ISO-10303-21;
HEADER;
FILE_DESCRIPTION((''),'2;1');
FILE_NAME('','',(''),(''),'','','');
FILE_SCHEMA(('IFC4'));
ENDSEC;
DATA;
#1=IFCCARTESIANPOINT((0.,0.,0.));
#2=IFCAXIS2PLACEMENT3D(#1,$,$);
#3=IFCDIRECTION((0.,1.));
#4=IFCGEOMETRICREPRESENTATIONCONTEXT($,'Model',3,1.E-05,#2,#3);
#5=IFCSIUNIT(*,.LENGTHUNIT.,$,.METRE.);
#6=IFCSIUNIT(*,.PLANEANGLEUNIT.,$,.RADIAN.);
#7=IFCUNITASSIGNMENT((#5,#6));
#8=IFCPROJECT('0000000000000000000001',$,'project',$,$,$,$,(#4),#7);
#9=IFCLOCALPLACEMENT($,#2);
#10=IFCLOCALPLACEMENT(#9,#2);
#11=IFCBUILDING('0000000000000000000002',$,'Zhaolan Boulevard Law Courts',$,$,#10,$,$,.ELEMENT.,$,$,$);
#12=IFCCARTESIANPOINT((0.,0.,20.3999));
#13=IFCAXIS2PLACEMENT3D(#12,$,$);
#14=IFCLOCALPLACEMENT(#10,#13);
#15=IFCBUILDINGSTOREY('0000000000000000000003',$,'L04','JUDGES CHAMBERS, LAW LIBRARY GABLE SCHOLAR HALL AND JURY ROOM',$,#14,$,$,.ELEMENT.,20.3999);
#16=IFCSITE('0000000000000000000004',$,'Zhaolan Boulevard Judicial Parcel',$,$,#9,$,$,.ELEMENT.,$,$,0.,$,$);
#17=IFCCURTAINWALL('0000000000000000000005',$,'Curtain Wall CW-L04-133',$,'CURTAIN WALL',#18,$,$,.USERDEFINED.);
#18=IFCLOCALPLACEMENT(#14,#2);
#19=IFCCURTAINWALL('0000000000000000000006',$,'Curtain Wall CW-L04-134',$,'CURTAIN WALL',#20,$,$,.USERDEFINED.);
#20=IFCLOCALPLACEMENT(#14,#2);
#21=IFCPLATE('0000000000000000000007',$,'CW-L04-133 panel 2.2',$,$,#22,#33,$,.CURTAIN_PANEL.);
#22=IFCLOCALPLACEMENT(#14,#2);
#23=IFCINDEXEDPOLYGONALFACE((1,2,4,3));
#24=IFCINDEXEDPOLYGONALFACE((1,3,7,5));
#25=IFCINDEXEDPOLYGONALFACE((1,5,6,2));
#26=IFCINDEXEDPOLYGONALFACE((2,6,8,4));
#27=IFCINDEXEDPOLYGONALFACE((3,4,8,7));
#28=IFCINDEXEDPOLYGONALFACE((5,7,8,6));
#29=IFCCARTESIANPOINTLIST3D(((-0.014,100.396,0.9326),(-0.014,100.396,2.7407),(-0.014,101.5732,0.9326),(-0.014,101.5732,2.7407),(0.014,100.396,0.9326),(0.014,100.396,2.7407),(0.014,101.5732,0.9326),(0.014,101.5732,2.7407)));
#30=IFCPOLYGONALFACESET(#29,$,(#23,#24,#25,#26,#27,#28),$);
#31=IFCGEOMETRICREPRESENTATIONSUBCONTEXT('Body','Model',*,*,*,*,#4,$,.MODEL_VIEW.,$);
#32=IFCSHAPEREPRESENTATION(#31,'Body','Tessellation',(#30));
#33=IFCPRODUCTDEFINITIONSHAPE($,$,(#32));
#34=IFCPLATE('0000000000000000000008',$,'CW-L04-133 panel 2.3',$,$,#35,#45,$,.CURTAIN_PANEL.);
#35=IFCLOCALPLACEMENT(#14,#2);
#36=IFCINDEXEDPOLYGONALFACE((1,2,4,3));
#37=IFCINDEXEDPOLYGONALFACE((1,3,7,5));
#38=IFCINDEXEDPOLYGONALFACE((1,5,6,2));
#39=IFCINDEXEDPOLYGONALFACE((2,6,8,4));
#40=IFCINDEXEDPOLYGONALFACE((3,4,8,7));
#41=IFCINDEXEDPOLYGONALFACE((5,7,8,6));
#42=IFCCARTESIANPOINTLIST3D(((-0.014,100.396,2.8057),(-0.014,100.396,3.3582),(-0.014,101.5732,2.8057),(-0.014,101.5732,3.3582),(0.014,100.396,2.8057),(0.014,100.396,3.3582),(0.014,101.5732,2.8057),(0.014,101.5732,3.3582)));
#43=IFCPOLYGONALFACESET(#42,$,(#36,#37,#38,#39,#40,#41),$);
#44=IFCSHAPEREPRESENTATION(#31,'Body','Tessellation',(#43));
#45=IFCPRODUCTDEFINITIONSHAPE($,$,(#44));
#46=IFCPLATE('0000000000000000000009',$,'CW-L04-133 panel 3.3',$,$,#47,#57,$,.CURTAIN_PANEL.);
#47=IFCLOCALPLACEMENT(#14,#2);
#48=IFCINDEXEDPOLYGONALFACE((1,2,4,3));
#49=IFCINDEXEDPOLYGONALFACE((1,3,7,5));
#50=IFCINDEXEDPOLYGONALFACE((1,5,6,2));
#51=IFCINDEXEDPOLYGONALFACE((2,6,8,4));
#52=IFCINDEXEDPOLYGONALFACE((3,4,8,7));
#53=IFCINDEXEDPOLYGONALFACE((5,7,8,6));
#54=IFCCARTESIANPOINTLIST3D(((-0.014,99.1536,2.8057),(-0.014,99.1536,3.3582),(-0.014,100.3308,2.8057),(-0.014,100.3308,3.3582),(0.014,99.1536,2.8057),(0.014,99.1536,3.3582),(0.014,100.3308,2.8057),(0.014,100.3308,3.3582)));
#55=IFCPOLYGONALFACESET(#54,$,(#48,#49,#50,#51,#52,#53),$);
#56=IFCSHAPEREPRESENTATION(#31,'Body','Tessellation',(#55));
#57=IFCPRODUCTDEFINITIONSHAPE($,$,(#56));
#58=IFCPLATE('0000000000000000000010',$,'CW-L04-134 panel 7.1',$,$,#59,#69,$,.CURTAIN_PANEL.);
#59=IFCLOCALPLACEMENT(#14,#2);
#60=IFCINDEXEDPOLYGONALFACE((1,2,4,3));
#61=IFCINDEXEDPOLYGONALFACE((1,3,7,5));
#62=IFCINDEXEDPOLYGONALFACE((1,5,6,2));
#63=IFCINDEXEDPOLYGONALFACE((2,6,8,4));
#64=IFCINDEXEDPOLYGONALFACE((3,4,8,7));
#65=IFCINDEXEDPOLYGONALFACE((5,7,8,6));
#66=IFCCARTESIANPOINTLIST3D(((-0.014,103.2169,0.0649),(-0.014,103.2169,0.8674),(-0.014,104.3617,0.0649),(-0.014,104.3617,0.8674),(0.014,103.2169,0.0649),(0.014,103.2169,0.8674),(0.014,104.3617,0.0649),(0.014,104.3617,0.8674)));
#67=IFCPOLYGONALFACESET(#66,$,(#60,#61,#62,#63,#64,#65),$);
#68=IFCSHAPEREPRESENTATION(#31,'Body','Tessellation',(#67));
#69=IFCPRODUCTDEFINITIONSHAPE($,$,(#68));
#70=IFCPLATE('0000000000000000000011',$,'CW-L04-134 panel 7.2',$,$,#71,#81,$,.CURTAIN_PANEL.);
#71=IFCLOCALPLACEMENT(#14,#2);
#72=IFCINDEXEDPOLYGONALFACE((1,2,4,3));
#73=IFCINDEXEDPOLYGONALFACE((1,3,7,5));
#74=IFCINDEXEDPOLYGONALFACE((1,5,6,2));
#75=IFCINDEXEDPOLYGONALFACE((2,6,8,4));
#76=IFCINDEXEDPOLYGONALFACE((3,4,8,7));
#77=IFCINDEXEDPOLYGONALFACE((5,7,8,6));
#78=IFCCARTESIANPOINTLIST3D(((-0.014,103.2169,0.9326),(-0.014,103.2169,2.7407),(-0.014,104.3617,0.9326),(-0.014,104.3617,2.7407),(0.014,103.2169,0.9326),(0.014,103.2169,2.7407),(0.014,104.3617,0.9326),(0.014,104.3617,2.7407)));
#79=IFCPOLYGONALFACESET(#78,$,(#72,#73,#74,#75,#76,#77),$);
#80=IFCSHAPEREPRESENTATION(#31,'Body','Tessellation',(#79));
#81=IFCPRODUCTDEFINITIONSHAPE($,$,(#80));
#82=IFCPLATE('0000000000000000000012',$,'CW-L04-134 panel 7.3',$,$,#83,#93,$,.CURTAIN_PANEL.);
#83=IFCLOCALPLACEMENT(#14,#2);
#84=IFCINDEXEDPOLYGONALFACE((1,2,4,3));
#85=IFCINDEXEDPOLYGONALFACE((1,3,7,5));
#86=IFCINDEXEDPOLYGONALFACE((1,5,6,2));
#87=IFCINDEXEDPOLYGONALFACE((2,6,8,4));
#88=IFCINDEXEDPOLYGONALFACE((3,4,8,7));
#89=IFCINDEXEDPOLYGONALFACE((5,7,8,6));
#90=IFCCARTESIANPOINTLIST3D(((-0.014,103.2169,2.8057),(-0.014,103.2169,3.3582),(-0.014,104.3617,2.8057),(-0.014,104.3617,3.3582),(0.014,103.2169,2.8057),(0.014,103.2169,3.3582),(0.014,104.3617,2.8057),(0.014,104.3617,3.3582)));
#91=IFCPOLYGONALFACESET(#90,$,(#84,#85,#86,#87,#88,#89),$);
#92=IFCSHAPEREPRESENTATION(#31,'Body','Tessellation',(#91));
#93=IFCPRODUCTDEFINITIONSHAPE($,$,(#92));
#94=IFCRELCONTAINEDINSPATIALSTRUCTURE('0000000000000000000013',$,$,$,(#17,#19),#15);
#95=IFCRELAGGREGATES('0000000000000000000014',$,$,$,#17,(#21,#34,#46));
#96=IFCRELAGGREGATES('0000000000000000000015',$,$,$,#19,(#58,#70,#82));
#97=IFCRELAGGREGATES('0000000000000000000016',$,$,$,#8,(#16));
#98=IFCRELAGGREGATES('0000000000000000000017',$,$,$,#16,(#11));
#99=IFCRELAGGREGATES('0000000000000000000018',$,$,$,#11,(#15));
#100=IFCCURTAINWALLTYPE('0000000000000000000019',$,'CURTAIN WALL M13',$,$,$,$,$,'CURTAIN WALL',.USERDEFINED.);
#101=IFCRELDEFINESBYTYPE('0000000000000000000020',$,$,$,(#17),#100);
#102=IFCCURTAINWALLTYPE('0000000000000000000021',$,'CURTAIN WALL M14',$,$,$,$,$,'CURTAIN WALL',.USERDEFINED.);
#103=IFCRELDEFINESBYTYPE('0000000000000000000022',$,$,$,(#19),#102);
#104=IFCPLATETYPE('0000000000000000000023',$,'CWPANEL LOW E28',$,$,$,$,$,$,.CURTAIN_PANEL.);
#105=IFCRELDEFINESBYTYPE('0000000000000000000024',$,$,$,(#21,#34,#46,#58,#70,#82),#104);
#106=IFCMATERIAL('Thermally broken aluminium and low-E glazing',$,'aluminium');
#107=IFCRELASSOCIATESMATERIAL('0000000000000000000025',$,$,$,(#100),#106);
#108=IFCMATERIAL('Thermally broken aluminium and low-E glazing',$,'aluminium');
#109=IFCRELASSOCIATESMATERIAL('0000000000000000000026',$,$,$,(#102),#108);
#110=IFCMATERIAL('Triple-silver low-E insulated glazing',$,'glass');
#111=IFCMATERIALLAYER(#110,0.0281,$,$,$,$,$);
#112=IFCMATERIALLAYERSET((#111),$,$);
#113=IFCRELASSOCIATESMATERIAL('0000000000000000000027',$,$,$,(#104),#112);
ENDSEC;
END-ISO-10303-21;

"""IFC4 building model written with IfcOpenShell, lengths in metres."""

from ifc_helpers import new_model, si_unit, direction, frame, origin, origin_2d, place, context, subcontext, project, spatial, rectangle, extrude, material, layer, layer_set, type_object, element, aggregate, save


model = new_model("IFC4")

# Units and contexts
model_context = context("Model", 3, precision=1e-05, world=origin(), true_north=direction((0.0, 1.0)))
body_context = subcontext(model_context, "Body", "Model", "MODEL_VIEW")
ifc_project = project(units=[si_unit("LENGTHUNIT", "METRE"), si_unit("PLANEANGLEUNIT", "RADIAN")], contexts=[model_context])

# Site, building, storey
site_placement = place(None, origin())
site = spatial("IfcSite", under=ifc_project, at=site_placement, Name="Zhaolan Boulevard Judicial Parcel", CompositionType="ELEMENT", RefElevation=0.0)
building_placement = place(site_placement, origin())
building = spatial("IfcBuilding", under=site, at=building_placement, Name="Zhaolan Boulevard Law Courts", CompositionType="ELEMENT")
storey_placement = place(building_placement, frame((0.0, 0.0, 20.3999)))
storey = spatial("IfcBuildingStorey", under=building, at=storey_placement, Name="L04", Description="JUDGES CHAMBERS, LAW LIBRARY GABLE SCHOLAR HALL AND JURY ROOM", CompositionType="ELEMENT", Elevation=20.3999)

# Curtain wall
ifc_material_1 = material(Name="Thermally broken aluminium and low-E glazing", Category="aluminium")
curtain_wall_type_1 = type_object("IfcCurtainWallType", Name="CURTAIN WALL M13", ElementType="CURTAIN WALL", PredefinedType="USERDEFINED", material=ifc_material_1)
curtain_wall_1_placement = place(storey_placement, origin())
curtain_wall_1 = element("IfcCurtainWall", 1, at=curtain_wall_1_placement, inside=storey, type_object=curtain_wall_type_1, Name="Curtain Wall CW-L04-133", ObjectType="CURTAIN WALL", PredefinedType="USERDEFINED")

# Curtain wall
ifc_material_2 = material(Name="Thermally broken aluminium and low-E glazing", Category="aluminium")
curtain_wall_type_2 = type_object("IfcCurtainWallType", Name="CURTAIN WALL M14", ElementType="CURTAIN WALL", PredefinedType="USERDEFINED", material=ifc_material_2)
curtain_wall_2_placement = place(storey_placement, origin())
curtain_wall_2 = element("IfcCurtainWall", 2, at=curtain_wall_2_placement, inside=storey, type_object=curtain_wall_type_2, Name="Curtain Wall CW-L04-134", ObjectType="CURTAIN WALL", PredefinedType="USERDEFINED")

# Plates
ifc_material_3 = material(Name="Triple-silver low-E insulated glazing", Category="glass")
ifc_layer = layer(ifc_material_3, 0.0281)
ifc_layer_set = layer_set([ifc_layer])
plate_type = type_object("IfcPlateType", Name="CWPANEL LOW E28", PredefinedType="CURTAIN_PANEL", material=ifc_layer_set)
plate_1_placement = place(storey_placement, frame((0.0, 100.9846, 0.9326), z_axis=(0.0, 0.0, 1.0), x_axis=(0.0, -1.0, 0.0)))
plate_1 = element("IfcPlate", 3, at=plate_1_placement, type_object=plate_type, Name="CW-L04-133 panel 2.2", PredefinedType="CURTAIN_PANEL", context=body_context, shape_type="SweptSolid", body=[
    extrude(rectangle(XDim=1.1772, YDim=0.0281, at=origin_2d()), origin(), (0.0, 0.0, 1.0), 1.8081),
])
plate_2_placement = place(storey_placement, frame((0.0, 100.9846, 2.8057), z_axis=(0.0, 0.0, 1.0), x_axis=(0.0, -1.0, 0.0)))
plate_2 = element("IfcPlate", 4, at=plate_2_placement, type_object=plate_type, Name="CW-L04-133 panel 2.3", PredefinedType="CURTAIN_PANEL", context=body_context, shape_type="SweptSolid", body=[
    extrude(rectangle(XDim=1.1772, YDim=0.0281, at=origin_2d()), origin(), (0.0, 0.0, 1.0), 0.5525),
])
plate_3_placement = place(storey_placement, frame((0.0, 99.7422, 2.8057), z_axis=(0.0, 0.0, 1.0), x_axis=(0.0, -1.0, 0.0)))
plate_3 = element("IfcPlate", 5, at=plate_3_placement, type_object=plate_type, Name="CW-L04-133 panel 3.3", PredefinedType="CURTAIN_PANEL", context=body_context, shape_type="SweptSolid", body=[
    extrude(rectangle(XDim=1.1772, YDim=0.0281, at=origin_2d()), origin(), (0.0, 0.0, 1.0), 0.5525),
])
aggregate(curtain_wall_1, [plate_1, plate_2, plate_3])
plate_4_placement = place(storey_placement, frame((0.0, 103.7893, 0.0649), z_axis=(0.0, 0.0, 1.0), x_axis=(0.0, -1.0, 0.0)))
plate_4 = element("IfcPlate", 6, at=plate_4_placement, type_object=plate_type, Name="CW-L04-134 panel 7.1", PredefinedType="CURTAIN_PANEL", context=body_context, shape_type="SweptSolid", body=[
    extrude(rectangle(XDim=1.1448, YDim=0.0281, at=origin_2d()), origin(), (0.0, 0.0, 1.0), 0.8025),
])
plate_5_placement = place(storey_placement, frame((0.0, 103.7893, 0.9326), z_axis=(0.0, 0.0, 1.0), x_axis=(0.0, -1.0, 0.0)))
plate_5 = element("IfcPlate", 7, at=plate_5_placement, type_object=plate_type, Name="CW-L04-134 panel 7.2", PredefinedType="CURTAIN_PANEL", context=body_context, shape_type="SweptSolid", body=[
    extrude(rectangle(XDim=1.1448, YDim=0.0281, at=origin_2d()), origin(), (0.0, 0.0, 1.0), 1.8081),
])
plate_6_placement = place(storey_placement, frame((0.0, 103.7893, 2.8057), z_axis=(0.0, 0.0, 1.0), x_axis=(0.0, -1.0, 0.0)))
plate_6 = element("IfcPlate", 8, at=plate_6_placement, type_object=plate_type, Name="CW-L04-134 panel 7.3", PredefinedType="CURTAIN_PANEL", context=body_context, shape_type="SweptSolid", body=[
    extrude(rectangle(XDim=1.1448, YDim=0.0281, at=origin_2d()), origin(), (0.0, 0.0, 1.0), 0.5525),
])
aggregate(curtain_wall_2, [plate_4, plate_5, plate_6])

save(model, "model.ifc")
